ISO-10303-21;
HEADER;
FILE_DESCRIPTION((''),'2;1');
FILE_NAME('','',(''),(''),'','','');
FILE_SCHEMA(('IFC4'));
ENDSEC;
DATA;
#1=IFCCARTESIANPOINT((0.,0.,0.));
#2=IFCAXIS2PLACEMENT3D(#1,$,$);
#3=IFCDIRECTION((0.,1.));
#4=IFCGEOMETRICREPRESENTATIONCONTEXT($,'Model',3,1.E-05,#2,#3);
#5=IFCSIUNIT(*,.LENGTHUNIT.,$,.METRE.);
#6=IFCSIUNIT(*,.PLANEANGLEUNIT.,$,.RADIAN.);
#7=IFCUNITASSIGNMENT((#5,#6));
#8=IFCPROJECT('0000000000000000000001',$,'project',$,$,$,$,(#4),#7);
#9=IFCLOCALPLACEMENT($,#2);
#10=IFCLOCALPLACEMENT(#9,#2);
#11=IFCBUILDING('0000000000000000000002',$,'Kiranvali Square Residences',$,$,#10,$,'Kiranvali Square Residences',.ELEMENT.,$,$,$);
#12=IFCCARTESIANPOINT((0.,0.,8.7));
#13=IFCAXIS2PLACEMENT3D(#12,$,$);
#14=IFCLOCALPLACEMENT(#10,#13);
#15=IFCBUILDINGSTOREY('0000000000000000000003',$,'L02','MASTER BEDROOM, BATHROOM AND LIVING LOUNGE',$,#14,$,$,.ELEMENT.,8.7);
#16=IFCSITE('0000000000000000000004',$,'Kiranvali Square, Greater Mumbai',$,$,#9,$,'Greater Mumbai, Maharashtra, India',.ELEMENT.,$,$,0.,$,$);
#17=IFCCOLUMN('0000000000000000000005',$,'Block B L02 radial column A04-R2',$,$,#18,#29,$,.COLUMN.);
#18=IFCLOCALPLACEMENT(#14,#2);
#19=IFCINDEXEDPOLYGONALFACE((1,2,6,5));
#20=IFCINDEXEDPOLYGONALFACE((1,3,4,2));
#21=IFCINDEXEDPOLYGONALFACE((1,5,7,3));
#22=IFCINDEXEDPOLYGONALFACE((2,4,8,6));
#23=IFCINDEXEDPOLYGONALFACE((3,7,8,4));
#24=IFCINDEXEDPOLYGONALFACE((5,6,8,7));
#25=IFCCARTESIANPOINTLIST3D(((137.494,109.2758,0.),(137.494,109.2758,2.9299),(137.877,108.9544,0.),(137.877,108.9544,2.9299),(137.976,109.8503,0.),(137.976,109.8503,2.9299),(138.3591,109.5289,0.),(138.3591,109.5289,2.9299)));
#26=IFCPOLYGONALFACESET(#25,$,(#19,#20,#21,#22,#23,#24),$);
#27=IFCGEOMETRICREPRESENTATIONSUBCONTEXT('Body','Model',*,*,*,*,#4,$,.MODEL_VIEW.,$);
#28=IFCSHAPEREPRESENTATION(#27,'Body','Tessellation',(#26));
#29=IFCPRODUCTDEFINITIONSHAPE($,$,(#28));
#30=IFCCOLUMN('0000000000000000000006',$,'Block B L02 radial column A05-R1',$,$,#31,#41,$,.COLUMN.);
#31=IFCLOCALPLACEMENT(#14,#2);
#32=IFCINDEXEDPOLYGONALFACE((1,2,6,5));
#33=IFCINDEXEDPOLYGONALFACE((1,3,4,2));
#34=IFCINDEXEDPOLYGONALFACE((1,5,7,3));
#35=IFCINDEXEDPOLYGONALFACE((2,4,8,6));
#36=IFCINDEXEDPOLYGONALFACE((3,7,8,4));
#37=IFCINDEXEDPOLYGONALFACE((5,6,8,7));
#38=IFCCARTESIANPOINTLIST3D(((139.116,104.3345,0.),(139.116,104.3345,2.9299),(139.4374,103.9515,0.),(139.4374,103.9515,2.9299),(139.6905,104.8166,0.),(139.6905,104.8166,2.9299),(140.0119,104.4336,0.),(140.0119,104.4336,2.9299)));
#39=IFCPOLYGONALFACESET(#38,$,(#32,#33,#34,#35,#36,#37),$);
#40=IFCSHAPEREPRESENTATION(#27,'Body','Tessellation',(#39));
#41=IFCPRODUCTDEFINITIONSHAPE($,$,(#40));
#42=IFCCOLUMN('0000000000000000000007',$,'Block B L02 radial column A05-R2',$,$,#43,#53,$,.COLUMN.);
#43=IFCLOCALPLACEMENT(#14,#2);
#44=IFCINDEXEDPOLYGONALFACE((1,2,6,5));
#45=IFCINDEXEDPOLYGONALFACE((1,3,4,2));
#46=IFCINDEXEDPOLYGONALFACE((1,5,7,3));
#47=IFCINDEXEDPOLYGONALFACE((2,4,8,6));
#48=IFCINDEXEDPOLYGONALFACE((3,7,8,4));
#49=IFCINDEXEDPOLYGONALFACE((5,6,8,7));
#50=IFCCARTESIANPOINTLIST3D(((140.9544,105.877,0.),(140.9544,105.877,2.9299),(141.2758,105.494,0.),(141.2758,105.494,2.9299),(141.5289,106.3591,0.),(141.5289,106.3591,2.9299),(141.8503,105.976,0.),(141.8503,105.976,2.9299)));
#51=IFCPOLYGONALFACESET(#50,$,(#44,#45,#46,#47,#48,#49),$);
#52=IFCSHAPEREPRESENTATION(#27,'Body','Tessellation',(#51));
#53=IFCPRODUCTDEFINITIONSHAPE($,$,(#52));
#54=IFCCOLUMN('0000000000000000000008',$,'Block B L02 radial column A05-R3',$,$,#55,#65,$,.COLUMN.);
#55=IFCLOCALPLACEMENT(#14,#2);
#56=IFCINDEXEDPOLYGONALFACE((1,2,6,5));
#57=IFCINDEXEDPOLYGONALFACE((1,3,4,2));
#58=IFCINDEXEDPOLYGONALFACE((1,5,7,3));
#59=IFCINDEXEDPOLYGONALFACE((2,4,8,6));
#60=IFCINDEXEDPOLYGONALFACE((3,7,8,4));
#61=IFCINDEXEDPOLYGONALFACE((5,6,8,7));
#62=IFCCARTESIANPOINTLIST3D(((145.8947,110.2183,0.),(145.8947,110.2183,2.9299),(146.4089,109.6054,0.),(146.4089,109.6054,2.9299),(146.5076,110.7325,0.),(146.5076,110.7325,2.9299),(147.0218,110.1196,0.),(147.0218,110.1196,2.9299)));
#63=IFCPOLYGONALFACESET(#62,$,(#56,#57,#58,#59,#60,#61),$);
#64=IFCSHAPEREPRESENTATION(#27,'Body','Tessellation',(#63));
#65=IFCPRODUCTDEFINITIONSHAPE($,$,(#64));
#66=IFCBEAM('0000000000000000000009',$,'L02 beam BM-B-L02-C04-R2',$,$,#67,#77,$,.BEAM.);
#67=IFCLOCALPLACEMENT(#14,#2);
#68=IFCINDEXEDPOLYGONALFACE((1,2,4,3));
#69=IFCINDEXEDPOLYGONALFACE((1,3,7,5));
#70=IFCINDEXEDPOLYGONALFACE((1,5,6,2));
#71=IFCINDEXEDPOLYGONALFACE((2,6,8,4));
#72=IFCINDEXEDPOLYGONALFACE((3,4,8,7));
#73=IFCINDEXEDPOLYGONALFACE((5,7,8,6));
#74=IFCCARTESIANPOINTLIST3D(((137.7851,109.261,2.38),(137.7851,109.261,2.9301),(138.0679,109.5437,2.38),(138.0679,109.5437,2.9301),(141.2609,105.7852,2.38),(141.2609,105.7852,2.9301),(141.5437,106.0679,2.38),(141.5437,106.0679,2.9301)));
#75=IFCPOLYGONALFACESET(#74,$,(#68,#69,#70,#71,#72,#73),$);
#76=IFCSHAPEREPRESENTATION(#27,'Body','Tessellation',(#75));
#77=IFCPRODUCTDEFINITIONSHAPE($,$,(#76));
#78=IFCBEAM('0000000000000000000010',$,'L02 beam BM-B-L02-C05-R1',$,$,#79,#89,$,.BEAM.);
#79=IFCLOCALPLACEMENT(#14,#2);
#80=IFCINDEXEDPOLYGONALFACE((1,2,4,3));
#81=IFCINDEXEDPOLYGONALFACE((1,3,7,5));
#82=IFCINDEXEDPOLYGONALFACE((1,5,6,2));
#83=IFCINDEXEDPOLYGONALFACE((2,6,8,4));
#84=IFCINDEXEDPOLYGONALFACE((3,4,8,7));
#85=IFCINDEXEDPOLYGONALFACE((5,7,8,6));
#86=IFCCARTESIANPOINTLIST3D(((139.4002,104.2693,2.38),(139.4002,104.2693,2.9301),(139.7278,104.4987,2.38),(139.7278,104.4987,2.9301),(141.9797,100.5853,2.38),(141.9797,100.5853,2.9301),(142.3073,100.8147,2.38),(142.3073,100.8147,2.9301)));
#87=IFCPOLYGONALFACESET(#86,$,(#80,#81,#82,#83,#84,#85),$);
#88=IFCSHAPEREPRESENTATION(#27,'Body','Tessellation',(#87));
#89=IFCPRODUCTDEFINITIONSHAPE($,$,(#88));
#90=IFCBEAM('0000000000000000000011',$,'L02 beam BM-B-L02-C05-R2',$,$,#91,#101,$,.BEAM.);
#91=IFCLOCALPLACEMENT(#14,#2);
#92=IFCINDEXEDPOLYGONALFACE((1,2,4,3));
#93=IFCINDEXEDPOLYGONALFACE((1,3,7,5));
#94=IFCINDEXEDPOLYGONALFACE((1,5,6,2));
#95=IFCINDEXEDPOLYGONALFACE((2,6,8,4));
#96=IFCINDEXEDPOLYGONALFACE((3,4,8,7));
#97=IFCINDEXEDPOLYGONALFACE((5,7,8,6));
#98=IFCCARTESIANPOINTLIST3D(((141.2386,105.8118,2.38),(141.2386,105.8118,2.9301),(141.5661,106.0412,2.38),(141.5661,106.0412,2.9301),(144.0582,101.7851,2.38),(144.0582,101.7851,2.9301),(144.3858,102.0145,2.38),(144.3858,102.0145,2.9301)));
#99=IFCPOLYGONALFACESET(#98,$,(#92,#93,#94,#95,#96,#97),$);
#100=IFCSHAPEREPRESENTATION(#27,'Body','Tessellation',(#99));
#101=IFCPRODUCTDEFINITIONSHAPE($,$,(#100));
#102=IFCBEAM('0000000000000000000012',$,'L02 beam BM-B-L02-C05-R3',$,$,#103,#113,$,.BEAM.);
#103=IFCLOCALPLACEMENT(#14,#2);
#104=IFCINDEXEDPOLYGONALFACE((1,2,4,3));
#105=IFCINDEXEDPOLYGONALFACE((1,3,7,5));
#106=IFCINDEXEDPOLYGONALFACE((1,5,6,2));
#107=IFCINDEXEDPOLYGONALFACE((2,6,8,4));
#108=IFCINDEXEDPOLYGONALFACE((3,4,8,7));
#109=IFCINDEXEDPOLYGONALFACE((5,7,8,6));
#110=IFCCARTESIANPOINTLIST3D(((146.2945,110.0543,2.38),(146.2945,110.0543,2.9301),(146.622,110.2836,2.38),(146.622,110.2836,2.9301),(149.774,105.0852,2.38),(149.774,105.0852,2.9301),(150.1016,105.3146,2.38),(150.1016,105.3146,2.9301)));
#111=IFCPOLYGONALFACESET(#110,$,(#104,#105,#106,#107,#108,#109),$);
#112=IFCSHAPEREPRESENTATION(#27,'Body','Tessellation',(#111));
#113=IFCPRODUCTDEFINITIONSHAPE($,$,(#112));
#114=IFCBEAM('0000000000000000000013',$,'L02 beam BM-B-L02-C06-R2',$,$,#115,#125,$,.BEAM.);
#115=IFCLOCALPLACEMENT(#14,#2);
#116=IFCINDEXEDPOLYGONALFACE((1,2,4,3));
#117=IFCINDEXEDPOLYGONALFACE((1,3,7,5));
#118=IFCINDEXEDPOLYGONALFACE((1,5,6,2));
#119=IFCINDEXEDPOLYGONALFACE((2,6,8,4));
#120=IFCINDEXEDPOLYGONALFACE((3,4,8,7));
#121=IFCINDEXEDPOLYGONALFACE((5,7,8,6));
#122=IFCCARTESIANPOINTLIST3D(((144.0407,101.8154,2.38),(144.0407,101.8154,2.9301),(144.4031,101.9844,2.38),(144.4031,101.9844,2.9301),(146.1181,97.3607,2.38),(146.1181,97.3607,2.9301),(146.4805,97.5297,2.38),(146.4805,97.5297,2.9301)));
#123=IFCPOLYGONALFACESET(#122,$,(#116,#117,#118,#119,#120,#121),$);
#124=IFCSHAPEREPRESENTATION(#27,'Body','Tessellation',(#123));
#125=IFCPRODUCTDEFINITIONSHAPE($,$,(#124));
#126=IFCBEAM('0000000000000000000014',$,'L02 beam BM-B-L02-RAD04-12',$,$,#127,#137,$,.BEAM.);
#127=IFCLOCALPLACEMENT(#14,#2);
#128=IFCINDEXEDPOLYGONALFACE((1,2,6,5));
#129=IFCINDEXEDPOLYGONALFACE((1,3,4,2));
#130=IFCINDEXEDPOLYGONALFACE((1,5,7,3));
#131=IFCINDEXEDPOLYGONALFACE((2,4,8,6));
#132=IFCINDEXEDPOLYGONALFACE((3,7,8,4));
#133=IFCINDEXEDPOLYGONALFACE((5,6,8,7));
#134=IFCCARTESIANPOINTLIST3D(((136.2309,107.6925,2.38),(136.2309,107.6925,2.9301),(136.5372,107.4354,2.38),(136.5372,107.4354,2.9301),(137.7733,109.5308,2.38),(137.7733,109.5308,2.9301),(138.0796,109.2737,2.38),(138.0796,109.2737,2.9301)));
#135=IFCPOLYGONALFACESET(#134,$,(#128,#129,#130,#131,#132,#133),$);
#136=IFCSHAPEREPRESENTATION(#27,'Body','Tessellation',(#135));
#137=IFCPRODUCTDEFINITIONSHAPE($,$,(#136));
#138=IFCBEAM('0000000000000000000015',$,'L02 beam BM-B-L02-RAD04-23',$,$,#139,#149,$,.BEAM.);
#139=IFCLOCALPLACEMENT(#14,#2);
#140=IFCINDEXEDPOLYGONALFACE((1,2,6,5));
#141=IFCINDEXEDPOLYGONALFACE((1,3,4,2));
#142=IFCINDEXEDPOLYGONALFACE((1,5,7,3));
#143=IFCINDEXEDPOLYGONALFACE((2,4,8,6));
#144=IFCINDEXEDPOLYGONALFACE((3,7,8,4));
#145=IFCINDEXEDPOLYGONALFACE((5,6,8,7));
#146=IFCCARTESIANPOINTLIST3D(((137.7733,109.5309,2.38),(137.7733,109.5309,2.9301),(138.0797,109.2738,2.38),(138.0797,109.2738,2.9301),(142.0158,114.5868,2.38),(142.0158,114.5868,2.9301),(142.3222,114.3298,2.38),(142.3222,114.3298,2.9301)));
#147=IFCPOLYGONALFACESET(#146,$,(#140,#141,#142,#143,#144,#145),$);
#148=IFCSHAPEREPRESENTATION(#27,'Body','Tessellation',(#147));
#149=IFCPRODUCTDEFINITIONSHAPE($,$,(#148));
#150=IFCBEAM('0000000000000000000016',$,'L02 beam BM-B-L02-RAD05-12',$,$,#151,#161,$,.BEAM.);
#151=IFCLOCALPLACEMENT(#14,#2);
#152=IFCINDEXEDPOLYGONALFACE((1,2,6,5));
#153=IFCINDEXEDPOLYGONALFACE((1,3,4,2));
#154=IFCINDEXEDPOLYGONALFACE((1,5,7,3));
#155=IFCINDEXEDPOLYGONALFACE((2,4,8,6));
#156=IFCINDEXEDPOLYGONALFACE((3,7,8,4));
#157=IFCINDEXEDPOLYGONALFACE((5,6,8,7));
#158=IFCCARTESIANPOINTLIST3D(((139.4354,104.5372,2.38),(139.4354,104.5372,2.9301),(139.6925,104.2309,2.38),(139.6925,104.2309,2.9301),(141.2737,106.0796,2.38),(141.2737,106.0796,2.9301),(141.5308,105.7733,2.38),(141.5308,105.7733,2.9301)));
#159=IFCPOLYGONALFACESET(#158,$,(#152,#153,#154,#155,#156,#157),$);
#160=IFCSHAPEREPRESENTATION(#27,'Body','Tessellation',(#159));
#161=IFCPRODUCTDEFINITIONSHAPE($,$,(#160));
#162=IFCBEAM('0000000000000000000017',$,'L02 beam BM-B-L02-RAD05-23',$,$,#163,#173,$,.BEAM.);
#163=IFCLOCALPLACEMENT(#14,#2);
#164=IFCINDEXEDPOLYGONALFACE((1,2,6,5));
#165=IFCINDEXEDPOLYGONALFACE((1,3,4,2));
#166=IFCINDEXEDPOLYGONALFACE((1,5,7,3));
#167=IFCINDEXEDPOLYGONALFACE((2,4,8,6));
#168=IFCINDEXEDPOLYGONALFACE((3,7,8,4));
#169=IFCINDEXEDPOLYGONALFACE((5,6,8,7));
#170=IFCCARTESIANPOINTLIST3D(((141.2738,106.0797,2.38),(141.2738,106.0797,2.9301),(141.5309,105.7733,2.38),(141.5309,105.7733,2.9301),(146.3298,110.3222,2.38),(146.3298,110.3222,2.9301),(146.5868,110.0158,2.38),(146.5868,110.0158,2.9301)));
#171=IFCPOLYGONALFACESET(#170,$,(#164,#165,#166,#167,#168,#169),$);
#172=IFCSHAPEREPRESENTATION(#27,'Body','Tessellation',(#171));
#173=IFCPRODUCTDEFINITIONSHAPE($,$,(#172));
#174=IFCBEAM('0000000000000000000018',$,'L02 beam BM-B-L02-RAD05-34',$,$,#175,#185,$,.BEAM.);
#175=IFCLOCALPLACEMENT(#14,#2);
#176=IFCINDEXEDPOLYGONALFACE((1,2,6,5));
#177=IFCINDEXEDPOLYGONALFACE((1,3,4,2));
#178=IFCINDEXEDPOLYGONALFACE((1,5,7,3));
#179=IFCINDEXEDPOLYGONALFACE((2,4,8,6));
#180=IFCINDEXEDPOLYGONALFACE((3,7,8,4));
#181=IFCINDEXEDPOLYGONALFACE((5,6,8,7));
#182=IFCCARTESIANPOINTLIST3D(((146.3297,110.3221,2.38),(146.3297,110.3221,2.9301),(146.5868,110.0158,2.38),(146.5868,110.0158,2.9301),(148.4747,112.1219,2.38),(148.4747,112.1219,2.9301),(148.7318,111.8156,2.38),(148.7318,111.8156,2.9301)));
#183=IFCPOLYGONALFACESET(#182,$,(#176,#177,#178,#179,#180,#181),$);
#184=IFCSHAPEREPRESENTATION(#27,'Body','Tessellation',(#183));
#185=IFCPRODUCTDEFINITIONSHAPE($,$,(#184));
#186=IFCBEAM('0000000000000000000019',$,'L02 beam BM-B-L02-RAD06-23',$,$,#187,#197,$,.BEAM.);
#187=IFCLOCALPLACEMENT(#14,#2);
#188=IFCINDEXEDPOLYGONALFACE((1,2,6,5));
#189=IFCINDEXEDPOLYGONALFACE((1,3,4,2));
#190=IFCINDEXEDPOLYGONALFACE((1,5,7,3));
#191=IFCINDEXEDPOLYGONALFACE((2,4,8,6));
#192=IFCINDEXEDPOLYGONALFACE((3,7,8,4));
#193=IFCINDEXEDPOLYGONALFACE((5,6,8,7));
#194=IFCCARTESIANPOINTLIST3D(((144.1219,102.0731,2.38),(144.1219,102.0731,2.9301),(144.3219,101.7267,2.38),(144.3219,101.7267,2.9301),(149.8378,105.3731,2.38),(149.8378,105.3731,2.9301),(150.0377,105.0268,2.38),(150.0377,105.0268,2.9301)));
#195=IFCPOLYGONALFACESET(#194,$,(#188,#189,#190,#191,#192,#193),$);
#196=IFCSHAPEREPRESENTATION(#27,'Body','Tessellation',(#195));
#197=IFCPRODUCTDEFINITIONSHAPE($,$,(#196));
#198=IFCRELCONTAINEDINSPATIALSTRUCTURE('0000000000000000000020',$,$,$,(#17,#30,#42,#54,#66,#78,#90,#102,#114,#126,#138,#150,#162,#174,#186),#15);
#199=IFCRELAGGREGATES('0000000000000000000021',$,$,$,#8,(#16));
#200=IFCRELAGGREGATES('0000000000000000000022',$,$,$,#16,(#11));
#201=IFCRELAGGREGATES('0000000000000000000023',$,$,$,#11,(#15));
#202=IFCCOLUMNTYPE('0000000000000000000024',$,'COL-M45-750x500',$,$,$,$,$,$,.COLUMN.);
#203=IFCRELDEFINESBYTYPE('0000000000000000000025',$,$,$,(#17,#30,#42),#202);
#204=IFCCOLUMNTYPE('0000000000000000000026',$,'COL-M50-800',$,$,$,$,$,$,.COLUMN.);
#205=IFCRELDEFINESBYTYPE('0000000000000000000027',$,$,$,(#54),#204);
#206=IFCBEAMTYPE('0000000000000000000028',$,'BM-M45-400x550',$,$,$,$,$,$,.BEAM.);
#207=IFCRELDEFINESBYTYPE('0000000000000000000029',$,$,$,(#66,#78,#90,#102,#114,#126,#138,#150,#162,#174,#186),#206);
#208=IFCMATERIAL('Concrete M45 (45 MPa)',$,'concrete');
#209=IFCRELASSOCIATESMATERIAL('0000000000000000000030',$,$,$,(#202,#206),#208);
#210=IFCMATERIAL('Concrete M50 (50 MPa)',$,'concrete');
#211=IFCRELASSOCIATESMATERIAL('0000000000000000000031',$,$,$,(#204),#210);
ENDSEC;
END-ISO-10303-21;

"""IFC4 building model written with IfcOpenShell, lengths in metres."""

from ifc_helpers import new_model, si_unit, direction, frame, origin, origin_2d, place, context, subcontext, project, spatial, rectangle, extrude, material, material_profile, profile_set, type_object, element, save


model = new_model("IFC4")

# Units and contexts
model_context = context("Model", 3, precision=1e-05, world=origin(), true_north=direction((0.0, 1.0)))
body_context = subcontext(model_context, "Body", "Model", "MODEL_VIEW")
ifc_project = project(units=[si_unit("LENGTHUNIT", "METRE"), si_unit("PLANEANGLEUNIT", "RADIAN")], contexts=[model_context])

# Site, building, storey
site_placement = place(None, origin())
site = spatial("IfcSite", under=ifc_project, at=site_placement, Name="Kiranvali Square, Greater Mumbai", LongName="Greater Mumbai, Maharashtra, India", CompositionType="ELEMENT", RefElevation=0.0)
building_placement = place(site_placement, origin())
building = spatial("IfcBuilding", under=site, at=building_placement, Name="Kiranvali Square Residences", LongName="Kiranvali Square Residences", CompositionType="ELEMENT")
storey_placement = place(building_placement, frame((0.0, 0.0, 8.7)))
storey = spatial("IfcBuildingStorey", under=building, at=storey_placement, Name="L02", Description="MASTER BEDROOM, BATHROOM AND LIVING LOUNGE", CompositionType="ELEMENT", Elevation=8.7)

# Columns
ifc_material_1 = material(Name="Concrete M45 (45 MPa)", Category="concrete")
ifc_material_profile_1 = material_profile(ifc_material_1, rectangle(XDim=0.5, YDim=0.75, at=origin_2d()), Name="RC 750x500")
ifc_profile_set_1 = profile_set([ifc_material_profile_1], Name="Concrete M45 (45 MPa)")
column_type_1 = type_object("IfcColumnType", Name="COL-M45-750x500", PredefinedType="COLUMN", material=ifc_profile_set_1)
for number, where, z_axis, x_axis, name in (
    (1, (137.9265, 109.4023, 0.0), (0.0, 0.0, 1.0), (-0.766044, 0.642788, 0.0), "Block B L02 radial column A04-R2"),
    (2, (139.564, 104.384, 0.0), (0.0, 0.0, 1.0), (-0.642788, 0.766044, 0.0), "Block B L02 radial column A05-R1"),
    (3, (141.4023, 105.9265, 0.0), (0.0, 0.0, 1.0), (-0.642788, 0.766044, 0.0), "Block B L02 radial column A05-R2"),
):
    element("IfcColumn", number, at=place(storey_placement, frame(where, z_axis=z_axis, x_axis=x_axis)), inside=storey, type_object=column_type_1, Name=name, PredefinedType="COLUMN", context=body_context, shape_type="SweptSolid", body=[
        extrude(rectangle(XDim=0.5, YDim=0.75, at=origin_2d()), origin(), (0.0, 0.0, 1.0), 2.9299),
    ])
ifc_material_2 = material(Name="Concrete M50 (50 MPa)", Category="concrete")
ifc_material_profile_2 = material_profile(ifc_material_2, rectangle(XDim=0.8, YDim=0.8, at=origin_2d()), Name="RC 800x800")
ifc_profile_set_2 = profile_set([ifc_material_profile_2], Name="Concrete M50 (50 MPa)")
column_type_2 = type_object("IfcColumnType", Name="COL-M50-800", PredefinedType="COLUMN", material=ifc_profile_set_2)
column_placement = place(storey_placement, frame((146.4583, 110.1689, 0.0), z_axis=(0.0, 0.0, 1.0), x_axis=(-0.642788, 0.766044, 0.0)))
element("IfcColumn", 4, at=column_placement, inside=storey, type_object=column_type_2, Name="Block B L02 radial column A05-R3", PredefinedType="COLUMN", context=body_context, shape_type="SweptSolid", body=[
    extrude(rectangle(XDim=0.8, YDim=0.8, at=origin_2d()), origin(), (0.0, 0.0, 1.0), 2.9299),
])

# Beams
ifc_material_profile_3 = material_profile(ifc_material_1, rectangle(XDim=0.3999, YDim=0.55, at=origin_2d()), Name="RC 400x550")
ifc_profile_set_3 = profile_set([ifc_material_profile_3], Name="Concrete M45 (45 MPa)")
beam_type = type_object("IfcBeamType", Name="BM-M45-400x550", PredefinedType="BEAM", material=ifc_profile_set_3)
beam_1_placement = place(storey_placement, frame((137.9265, 109.4023, 2.655), z_axis=(0.707107, -0.707107, 0.0), x_axis=(0.707107, 0.707107, 0.0)))
element("IfcBeam", 5, at=beam_1_placement, inside=storey, type_object=beam_type, Name="L02 beam BM-B-L02-C04-R2", PredefinedType="BEAM", context=body_context, shape_type="SweptSolid", body=[
    extrude(rectangle(XDim=0.3999, YDim=0.55, at=origin_2d()), origin(), (0.0, 0.0, 1.0), 4.9155),
])
beam_2_placement = place(storey_placement, frame((139.564, 104.384, 2.655), z_axis=(0.573572, -0.819155, 0.0), x_axis=(0.819155, 0.573572, 0.0)))
element("IfcBeam", 6, at=beam_2_placement, inside=storey, type_object=beam_type, Name="L02 beam BM-B-L02-C05-R1", PredefinedType="BEAM", context=body_context, shape_type="SweptSolid", body=[
    extrude(rectangle(XDim=0.3999, YDim=0.55, at=origin_2d()), origin(), (0.0, 0.0, 1.0), 4.4973),
])
beam_3_placement = place(storey_placement, frame((141.4023, 105.9265, 2.655), z_axis=(0.573592, -0.819141, 0.0), x_axis=(0.819141, 0.573592, 0.0)))
element("IfcBeam", 7, at=beam_3_placement, inside=storey, type_object=beam_type, Name="L02 beam BM-B-L02-C05-R2", PredefinedType="BEAM", context=body_context, shape_type="SweptSolid", body=[
    extrude(rectangle(XDim=0.3999, YDim=0.55, at=origin_2d()), origin(), (0.0, 0.0, 1.0), 4.9158),
])
beam_4_placement = place(storey_placement, frame((146.4583, 110.1689, 2.655), z_axis=(0.573595, -0.819139, 0.0), x_axis=(0.819139, 0.573595, 0.0)))
element("IfcBeam", 8, at=beam_4_placement, inside=storey, type_object=beam_type, Name="L02 beam BM-B-L02-C05-R3", PredefinedType="BEAM", context=body_context, shape_type="SweptSolid", body=[
    extrude(rectangle(XDim=0.3999, YDim=0.55, at=origin_2d()), origin(), (0.0, 0.0, 1.0), 6.0662),
])
beam_5_placement = place(storey_placement, frame((144.2219, 101.8999, 2.655), z_axis=(0.42263, -0.906302, 0.0), x_axis=(0.906302, 0.42263, 0.0)))
element("IfcBeam", 9, at=beam_5_placement, inside=storey, type_object=beam_type, Name="L02 beam BM-B-L02-C06-R2", PredefinedType="BEAM", context=body_context, shape_type="SweptSolid", body=[
    extrude(rectangle(XDim=0.3999, YDim=0.55, at=origin_2d()), origin(), (0.0, 0.0, 1.0), 4.9153),
])
beam_6_placement = place(storey_placement, frame((136.384, 107.564, 2.655), z_axis=(0.642763, 0.766065, 0.0), x_axis=(-0.766065, 0.642763, 0.0)))
element("IfcBeam", 10, at=beam_6_placement, inside=storey, type_object=beam_type, Name="L02 beam BM-B-L02-RAD04-12", PredefinedType="BEAM", context=body_context, shape_type="SweptSolid", body=[
    extrude(rectangle(XDim=0.3999, YDim=0.55, at=origin_2d()), origin(), (0.0, 0.0, 1.0), 2.3997),
])
beam_7_placement = place(storey_placement, frame((137.9265, 109.4023, 2.655), z_axis=(0.642789, 0.766043, 0.0), x_axis=(-0.766043, 0.642789, 0.0)))
element("IfcBeam", 11, at=beam_7_placement, inside=storey, type_object=beam_type, Name="L02 beam BM-B-L02-RAD04-23", PredefinedType="BEAM", context=body_context, shape_type="SweptSolid", body=[
    extrude(rectangle(XDim=0.3999, YDim=0.55, at=origin_2d()), origin(), (0.0, 0.0, 1.0), 6.6001),
])
beam_8_placement = place(storey_placement, frame((139.564, 104.384, 2.655), z_axis=(0.766065, 0.642763, 0.0), x_axis=(-0.642763, 0.766065, 0.0)))
element("IfcBeam", 12, at=beam_8_placement, inside=storey, type_object=beam_type, Name="L02 beam BM-B-L02-RAD05-12", PredefinedType="BEAM", context=body_context, shape_type="SweptSolid", body=[
    extrude(rectangle(XDim=0.3999, YDim=0.55, at=origin_2d()), origin(), (0.0, 0.0, 1.0), 2.3997),
])
beam_9_placement = place(storey_placement, frame((141.4023, 105.9265, 2.655), z_axis=(0.766043, 0.642789, 0.0), x_axis=(-0.642789, 0.766043, 0.0)))
element("IfcBeam", 13, at=beam_9_placement, inside=storey, type_object=beam_type, Name="L02 beam BM-B-L02-RAD05-23", PredefinedType="BEAM", context=body_context, shape_type="SweptSolid", body=[
    extrude(rectangle(XDim=0.3999, YDim=0.55, at=origin_2d()), origin(), (0.0, 0.0, 1.0), 6.6001),
])
beam_10_placement = place(storey_placement, frame((146.4583, 110.1689, 2.655), z_axis=(0.766059, 0.642771, 0.0), x_axis=(-0.642771, 0.766059, 0.0)))
element("IfcBeam", 14, at=beam_10_placement, inside=storey, type_object=beam_type, Name="L02 beam BM-B-L02-RAD05-34", PredefinedType="BEAM", context=body_context, shape_type="SweptSolid", body=[
    extrude(rectangle(XDim=0.3999, YDim=0.55, at=origin_2d()), origin(), (0.0, 0.0, 1.0), 2.8),
])
beam_11_placement = place(storey_placement, frame((144.2219, 101.8999, 2.655), z_axis=(0.866024, 0.500002, 0.0), x_axis=(-0.500002, 0.866024, 0.0)))
element("IfcBeam", 15, at=beam_11_placement, inside=storey, type_object=beam_type, Name="L02 beam BM-B-L02-RAD06-23", PredefinedType="BEAM", context=body_context, shape_type="SweptSolid", body=[
    extrude(rectangle(XDim=0.3999, YDim=0.55, at=origin_2d()), origin(), (0.0, 0.0, 1.0), 6.6001),
])

save(model, "model.ifc")
